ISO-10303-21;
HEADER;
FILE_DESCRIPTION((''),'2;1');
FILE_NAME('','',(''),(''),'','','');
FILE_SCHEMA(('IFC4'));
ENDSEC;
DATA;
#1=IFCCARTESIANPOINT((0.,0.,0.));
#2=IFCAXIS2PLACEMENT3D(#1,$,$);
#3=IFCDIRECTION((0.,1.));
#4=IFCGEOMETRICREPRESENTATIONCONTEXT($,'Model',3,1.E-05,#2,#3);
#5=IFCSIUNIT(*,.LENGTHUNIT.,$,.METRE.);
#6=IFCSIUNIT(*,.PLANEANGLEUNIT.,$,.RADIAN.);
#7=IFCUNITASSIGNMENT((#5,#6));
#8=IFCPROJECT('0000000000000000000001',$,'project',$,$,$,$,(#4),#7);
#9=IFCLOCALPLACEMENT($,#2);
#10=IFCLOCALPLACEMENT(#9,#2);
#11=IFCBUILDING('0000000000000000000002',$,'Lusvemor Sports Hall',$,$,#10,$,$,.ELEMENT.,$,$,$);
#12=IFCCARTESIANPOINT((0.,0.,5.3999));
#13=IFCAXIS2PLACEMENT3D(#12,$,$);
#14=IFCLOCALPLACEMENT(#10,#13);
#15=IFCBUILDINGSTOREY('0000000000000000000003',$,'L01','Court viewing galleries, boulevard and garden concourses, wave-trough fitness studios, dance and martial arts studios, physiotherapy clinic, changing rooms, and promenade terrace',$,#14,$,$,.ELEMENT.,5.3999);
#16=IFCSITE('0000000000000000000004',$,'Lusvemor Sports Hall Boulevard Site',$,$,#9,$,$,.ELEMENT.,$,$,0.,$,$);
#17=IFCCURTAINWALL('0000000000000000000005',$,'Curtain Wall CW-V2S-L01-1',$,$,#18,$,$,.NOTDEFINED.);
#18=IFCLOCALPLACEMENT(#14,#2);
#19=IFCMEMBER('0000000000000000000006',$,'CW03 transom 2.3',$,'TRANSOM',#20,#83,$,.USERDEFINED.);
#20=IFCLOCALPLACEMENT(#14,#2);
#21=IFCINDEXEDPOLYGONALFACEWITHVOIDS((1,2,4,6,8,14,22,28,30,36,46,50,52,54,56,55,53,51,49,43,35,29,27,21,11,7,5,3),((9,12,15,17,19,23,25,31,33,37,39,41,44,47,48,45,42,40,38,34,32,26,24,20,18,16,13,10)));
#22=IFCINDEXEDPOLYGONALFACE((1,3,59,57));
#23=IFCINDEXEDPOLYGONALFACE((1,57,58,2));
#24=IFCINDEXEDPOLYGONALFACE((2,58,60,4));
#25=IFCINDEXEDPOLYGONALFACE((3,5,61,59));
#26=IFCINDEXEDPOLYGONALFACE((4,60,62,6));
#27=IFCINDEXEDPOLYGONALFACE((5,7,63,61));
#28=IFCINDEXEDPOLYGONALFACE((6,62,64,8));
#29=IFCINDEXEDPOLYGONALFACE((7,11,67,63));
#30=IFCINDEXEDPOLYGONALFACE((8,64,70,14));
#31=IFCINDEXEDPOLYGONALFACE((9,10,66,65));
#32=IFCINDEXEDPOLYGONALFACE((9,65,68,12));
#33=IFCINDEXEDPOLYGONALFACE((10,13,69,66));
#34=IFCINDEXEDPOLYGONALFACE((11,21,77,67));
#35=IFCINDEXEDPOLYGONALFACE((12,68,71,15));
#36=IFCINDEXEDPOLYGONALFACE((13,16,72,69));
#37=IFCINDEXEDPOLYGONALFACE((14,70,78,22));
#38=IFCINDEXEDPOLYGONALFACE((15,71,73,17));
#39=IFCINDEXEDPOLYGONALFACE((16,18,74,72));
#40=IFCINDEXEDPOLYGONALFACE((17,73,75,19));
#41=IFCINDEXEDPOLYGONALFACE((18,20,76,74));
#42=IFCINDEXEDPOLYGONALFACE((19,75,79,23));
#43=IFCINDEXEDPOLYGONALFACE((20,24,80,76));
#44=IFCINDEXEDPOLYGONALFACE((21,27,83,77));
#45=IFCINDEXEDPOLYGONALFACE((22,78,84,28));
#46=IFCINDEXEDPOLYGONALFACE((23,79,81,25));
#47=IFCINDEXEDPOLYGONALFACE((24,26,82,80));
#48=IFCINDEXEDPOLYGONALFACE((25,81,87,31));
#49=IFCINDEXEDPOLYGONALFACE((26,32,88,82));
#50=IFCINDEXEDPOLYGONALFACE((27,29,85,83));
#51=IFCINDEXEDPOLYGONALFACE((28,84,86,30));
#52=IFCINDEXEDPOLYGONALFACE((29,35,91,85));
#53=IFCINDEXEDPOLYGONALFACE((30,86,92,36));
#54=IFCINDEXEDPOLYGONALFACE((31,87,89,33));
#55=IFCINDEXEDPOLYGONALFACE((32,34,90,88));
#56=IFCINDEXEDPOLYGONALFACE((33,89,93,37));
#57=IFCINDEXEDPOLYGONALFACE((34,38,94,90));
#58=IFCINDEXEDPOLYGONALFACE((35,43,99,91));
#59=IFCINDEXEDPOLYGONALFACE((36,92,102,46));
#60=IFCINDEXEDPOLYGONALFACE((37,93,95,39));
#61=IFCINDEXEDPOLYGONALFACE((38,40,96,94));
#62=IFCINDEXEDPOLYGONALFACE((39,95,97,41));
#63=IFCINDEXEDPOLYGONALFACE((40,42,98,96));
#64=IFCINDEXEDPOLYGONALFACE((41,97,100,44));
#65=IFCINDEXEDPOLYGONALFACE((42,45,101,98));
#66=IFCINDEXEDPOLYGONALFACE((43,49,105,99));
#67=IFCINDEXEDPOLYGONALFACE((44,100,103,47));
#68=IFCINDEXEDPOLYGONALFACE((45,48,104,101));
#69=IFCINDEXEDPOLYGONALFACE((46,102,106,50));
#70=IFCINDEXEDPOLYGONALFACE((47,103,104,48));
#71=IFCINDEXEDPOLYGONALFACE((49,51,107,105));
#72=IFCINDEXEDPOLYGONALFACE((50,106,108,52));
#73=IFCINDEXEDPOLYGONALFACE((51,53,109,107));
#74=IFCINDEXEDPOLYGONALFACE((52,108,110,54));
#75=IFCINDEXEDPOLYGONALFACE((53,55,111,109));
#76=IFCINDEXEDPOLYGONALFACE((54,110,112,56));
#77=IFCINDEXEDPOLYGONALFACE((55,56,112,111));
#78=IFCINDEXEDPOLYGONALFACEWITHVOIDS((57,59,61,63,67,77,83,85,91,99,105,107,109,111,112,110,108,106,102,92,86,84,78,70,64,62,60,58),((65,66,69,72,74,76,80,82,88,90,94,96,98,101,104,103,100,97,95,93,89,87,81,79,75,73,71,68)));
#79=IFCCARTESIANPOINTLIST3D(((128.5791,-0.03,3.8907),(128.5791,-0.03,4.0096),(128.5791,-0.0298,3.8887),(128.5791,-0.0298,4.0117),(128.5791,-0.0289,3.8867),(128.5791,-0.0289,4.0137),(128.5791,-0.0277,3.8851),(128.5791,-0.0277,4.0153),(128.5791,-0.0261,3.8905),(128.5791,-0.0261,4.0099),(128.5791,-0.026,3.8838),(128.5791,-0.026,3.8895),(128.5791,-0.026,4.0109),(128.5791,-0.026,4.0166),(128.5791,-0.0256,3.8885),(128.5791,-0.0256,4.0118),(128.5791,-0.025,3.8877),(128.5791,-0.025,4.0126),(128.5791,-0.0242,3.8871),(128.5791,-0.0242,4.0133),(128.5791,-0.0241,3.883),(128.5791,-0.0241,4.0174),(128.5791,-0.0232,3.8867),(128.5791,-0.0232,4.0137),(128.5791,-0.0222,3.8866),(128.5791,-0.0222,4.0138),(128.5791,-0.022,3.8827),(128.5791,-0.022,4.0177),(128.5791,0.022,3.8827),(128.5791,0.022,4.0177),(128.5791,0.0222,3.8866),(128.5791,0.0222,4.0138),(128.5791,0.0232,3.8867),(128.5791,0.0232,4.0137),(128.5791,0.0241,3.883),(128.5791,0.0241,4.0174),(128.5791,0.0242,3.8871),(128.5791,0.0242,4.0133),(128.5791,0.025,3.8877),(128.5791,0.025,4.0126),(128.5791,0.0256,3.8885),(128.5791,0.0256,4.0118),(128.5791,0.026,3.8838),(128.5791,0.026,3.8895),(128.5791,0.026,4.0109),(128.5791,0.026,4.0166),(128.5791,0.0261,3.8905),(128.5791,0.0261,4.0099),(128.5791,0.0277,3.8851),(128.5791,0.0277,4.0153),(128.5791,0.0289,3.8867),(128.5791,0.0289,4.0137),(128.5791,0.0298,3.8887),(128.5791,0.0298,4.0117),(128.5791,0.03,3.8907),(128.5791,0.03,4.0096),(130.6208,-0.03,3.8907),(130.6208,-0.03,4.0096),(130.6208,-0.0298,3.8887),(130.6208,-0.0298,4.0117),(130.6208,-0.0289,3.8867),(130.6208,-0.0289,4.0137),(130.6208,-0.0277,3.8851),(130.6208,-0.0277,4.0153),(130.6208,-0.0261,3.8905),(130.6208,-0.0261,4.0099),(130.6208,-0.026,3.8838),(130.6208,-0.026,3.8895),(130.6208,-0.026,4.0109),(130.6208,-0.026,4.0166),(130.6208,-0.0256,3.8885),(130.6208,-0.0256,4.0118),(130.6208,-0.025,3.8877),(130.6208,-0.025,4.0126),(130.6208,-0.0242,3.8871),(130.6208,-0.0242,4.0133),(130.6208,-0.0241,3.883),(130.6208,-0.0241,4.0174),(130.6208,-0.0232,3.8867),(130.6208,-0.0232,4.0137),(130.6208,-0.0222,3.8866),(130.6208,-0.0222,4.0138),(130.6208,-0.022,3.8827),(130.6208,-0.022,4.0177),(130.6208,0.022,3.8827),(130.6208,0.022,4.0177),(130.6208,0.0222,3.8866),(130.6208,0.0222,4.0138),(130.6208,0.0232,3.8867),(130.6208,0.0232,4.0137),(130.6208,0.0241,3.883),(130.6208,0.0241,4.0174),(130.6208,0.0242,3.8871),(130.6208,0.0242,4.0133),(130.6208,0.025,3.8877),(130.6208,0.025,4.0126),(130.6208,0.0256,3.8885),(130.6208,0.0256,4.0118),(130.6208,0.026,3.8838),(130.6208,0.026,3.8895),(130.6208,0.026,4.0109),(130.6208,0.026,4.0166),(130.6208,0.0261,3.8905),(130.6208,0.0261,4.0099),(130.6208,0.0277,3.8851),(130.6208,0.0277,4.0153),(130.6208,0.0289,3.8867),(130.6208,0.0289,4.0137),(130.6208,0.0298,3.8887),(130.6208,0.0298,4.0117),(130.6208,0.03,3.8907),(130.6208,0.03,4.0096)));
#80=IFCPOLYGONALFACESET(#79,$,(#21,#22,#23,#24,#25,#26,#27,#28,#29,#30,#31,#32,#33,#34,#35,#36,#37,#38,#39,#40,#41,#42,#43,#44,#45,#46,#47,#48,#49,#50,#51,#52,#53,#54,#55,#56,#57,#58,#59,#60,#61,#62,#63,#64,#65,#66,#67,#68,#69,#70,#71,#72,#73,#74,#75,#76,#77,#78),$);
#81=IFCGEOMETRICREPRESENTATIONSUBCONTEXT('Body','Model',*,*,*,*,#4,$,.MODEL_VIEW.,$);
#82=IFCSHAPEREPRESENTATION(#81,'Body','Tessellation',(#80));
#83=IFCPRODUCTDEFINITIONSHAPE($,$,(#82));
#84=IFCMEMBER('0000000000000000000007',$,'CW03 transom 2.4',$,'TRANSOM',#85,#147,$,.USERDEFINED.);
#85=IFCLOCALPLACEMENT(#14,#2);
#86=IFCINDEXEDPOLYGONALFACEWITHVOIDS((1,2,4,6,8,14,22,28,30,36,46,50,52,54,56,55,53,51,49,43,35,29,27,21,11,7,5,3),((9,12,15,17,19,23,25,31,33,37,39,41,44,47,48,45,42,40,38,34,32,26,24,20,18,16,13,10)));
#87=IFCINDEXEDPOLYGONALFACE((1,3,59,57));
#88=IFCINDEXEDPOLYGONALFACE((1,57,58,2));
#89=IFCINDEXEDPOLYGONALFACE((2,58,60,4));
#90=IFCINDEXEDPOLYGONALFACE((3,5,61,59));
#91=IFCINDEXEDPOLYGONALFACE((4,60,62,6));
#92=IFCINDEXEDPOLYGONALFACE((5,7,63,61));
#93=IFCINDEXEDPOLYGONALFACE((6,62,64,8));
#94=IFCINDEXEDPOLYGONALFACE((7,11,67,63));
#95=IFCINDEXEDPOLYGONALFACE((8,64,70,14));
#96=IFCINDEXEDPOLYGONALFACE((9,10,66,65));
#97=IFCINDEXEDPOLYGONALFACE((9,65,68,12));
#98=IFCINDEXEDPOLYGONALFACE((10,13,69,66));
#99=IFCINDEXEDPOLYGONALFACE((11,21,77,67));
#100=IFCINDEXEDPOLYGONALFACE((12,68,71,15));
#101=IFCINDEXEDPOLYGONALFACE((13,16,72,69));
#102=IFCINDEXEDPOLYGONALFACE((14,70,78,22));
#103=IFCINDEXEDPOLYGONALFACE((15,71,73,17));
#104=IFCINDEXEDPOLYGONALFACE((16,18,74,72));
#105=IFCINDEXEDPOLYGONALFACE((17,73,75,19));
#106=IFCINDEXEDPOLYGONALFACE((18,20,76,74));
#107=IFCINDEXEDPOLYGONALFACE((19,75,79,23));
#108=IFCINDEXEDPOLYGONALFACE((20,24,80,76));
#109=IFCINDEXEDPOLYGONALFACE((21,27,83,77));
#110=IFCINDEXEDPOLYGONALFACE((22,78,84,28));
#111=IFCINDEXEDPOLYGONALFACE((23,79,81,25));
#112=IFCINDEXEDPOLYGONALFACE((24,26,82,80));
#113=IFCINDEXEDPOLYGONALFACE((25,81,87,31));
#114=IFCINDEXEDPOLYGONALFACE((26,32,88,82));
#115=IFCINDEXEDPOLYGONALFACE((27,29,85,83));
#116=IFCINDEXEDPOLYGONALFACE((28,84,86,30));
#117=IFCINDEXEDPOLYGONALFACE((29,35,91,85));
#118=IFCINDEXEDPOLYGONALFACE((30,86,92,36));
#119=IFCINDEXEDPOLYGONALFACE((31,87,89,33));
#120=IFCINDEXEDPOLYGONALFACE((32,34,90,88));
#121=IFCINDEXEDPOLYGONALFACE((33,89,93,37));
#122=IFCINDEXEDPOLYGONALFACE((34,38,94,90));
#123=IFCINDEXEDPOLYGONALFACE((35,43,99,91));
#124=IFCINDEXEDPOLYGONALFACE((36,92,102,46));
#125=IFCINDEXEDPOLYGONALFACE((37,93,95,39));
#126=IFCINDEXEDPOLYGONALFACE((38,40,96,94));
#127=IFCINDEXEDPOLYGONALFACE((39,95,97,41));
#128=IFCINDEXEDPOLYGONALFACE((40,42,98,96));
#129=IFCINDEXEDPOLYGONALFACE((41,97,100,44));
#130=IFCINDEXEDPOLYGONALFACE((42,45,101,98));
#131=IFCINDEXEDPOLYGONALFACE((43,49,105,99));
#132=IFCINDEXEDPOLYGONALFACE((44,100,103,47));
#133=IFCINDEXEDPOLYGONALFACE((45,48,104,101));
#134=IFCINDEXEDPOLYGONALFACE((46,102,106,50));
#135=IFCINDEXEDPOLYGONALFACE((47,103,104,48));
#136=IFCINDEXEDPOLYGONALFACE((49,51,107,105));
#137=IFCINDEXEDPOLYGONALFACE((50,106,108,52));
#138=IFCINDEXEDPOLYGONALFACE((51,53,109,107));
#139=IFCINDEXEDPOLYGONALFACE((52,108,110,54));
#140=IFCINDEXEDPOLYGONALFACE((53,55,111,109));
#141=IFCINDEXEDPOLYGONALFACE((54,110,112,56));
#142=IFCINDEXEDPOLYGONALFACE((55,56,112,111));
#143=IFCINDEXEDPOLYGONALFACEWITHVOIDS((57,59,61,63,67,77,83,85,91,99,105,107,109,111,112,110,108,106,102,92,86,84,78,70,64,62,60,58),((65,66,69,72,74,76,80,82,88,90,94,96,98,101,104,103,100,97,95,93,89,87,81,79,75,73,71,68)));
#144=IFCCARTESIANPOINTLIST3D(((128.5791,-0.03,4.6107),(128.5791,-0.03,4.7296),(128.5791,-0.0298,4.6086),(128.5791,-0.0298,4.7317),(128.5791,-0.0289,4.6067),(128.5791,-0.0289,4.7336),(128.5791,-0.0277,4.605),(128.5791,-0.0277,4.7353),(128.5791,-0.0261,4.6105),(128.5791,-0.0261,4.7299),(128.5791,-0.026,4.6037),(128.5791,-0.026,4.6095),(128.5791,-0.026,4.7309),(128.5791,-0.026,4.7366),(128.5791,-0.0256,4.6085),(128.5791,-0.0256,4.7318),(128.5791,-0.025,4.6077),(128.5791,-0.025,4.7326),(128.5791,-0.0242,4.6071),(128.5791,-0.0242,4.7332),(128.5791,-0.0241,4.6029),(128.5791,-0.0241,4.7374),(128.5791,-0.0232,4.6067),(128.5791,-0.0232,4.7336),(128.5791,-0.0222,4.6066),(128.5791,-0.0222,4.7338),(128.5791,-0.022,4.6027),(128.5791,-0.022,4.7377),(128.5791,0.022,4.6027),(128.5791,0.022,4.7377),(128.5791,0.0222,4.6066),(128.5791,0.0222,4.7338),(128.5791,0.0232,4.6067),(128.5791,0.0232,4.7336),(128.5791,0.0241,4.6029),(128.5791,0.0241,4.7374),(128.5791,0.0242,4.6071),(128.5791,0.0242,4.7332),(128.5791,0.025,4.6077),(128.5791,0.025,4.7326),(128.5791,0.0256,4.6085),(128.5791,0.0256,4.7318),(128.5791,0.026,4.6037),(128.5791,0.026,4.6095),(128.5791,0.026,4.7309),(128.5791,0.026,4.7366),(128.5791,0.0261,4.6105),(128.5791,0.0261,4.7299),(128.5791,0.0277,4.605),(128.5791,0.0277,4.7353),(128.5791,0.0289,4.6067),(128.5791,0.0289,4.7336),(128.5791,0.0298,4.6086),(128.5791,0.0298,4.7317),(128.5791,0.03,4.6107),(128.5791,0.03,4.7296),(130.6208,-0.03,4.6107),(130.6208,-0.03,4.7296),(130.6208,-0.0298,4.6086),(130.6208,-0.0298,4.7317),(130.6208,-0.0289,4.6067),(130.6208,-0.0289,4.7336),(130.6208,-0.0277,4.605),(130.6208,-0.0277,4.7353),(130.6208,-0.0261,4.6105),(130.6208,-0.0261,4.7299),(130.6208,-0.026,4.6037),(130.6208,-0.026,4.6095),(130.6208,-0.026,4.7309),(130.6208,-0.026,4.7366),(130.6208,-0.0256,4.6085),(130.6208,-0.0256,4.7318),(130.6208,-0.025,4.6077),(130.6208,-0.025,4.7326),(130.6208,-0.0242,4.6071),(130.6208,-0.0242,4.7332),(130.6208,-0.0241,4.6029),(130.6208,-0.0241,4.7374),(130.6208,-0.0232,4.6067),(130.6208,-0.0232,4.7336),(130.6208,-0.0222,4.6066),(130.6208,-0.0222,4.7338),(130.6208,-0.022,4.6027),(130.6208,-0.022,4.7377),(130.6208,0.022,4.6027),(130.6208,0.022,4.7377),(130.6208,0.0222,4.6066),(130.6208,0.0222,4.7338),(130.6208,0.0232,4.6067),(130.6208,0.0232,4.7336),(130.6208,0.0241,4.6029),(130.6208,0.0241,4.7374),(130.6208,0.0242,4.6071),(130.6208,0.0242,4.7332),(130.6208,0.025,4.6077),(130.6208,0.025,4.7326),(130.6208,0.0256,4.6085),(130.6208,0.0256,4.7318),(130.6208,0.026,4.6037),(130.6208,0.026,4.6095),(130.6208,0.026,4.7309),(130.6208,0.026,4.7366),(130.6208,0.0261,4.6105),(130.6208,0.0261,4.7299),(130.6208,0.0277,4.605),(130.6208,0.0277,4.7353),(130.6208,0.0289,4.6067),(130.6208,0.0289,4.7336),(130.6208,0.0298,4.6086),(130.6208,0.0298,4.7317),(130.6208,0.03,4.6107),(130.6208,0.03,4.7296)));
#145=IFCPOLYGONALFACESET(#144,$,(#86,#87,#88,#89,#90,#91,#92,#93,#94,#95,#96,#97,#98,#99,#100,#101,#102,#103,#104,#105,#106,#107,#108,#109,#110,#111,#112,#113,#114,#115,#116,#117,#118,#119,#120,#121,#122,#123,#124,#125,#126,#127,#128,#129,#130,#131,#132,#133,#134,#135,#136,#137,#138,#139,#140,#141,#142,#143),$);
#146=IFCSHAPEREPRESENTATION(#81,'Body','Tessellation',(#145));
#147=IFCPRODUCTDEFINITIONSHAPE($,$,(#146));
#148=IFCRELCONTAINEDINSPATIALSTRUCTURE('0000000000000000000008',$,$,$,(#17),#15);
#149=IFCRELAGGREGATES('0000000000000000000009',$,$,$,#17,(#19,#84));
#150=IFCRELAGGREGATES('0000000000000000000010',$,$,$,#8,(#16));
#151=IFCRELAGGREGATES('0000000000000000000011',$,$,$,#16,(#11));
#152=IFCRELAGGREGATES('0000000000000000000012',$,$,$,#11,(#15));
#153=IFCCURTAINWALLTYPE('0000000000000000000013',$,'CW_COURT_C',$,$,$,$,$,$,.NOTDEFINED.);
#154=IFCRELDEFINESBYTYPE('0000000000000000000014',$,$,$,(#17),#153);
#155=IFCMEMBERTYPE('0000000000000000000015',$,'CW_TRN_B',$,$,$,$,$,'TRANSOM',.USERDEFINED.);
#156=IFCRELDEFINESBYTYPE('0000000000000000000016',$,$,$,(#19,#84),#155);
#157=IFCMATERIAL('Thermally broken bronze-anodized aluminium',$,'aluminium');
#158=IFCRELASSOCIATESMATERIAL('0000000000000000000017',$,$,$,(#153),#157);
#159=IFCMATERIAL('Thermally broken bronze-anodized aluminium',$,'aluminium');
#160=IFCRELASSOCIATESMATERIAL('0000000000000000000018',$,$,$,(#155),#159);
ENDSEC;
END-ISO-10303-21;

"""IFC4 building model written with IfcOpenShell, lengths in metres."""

from ifc_helpers import new_model, si_unit, direction, frame, origin, origin_2d, place, context, subcontext, project, spatial, hollow_rectangle, extrude, material, material_profile, profile_set, type_object, element, aggregate, save


model = new_model("IFC4")

# Units and contexts
model_context = context("Model", 3, precision=1e-05, world=origin(), true_north=direction((0.0, 1.0)))
body_context = subcontext(model_context, "Body", "Model", "MODEL_VIEW")
ifc_project = project(units=[si_unit("LENGTHUNIT", "METRE"), si_unit("PLANEANGLEUNIT", "RADIAN")], contexts=[model_context])

# Site, building, storey
site_placement = place(None, origin())
site = spatial("IfcSite", under=ifc_project, at=site_placement, Name="Lusvemor Sports Hall Boulevard Site", CompositionType="ELEMENT", RefElevation=0.0)
building_placement = place(site_placement, origin())
building = spatial("IfcBuilding", under=site, at=building_placement, Name="Lusvemor Sports Hall", CompositionType="ELEMENT")
storey_placement = place(building_placement, frame((0.0, 0.0, 5.3999)))
storey = spatial("IfcBuildingStorey", under=building, at=storey_placement, Name="L01", Description="Court viewing galleries, boulevard and garden concourses, wave-trough fitness studios, dance and martial arts studios, physiotherapy clinic, changing rooms, and promenade terrace", CompositionType="ELEMENT", Elevation=5.3999)

# Curtain wall, members
ifc_material_1 = material(Name="Thermally broken bronze-anodized aluminium", Category="aluminium")
curtain_wall_type = type_object("IfcCurtainWallType", Name="CW_COURT_C", PredefinedType="NOTDEFINED", material=ifc_material_1)
curtain_wall_placement = place(storey_placement, origin())
curtain_wall = element("IfcCurtainWall", 1, at=curtain_wall_placement, inside=storey, type_object=curtain_wall_type, Name="Curtain Wall CW-V2S-L01-1", PredefinedType="NOTDEFINED")
ifc_material_2 = material(Name="Thermally broken bronze-anodized aluminium", Category="aluminium")
ifc_material_profile_1 = material_profile(ifc_material_2, hollow_rectangle(XDim=0.0601, YDim=0.135, WallThickness=0.0039, InnerFilletRadius=0.0039, OuterFilletRadius=0.0081, at=origin_2d()), Name="CWTRN135x60x4")
ifc_profile_set_1 = profile_set([ifc_material_profile_1], Name="Thermally broken bronze-anodized aluminium")
member_type_1 = type_object("IfcMemberType", Name="CW_TRN_B", ElementType="TRANSOM", PredefinedType="USERDEFINED", material=ifc_profile_set_1)
member_1_placement = place(storey_placement, frame((130.6208, 0.0, 3.9502), z_axis=(-1.0, 0.0, 0.0), x_axis=(0.0, -1.0, 0.0)))
member_1 = element("IfcMember", 2, at=member_1_placement, type_object=member_type_1, Name="CW03 transom 2.3", ObjectType="TRANSOM", PredefinedType="USERDEFINED", context=body_context, shape_type="SweptSolid", body=[
    extrude(hollow_rectangle(XDim=0.0601, YDim=0.135, WallThickness=0.0039, InnerFilletRadius=0.0039, OuterFilletRadius=0.0081, at=origin_2d()), origin(), (0.0, 0.0, 1.0), 2.0417),
])
member_2_placement = place(storey_placement, frame((130.6208, 0.0, 4.6702), z_axis=(-1.0, 0.0, 0.0), x_axis=(0.0, -1.0, 0.0)))
member_2 = element("IfcMember", 3, at=member_2_placement, type_object=member_type_1, Name="CW03 transom 2.4", ObjectType="TRANSOM", PredefinedType="USERDEFINED", context=body_context, shape_type="SweptSolid", body=[
    extrude(hollow_rectangle(XDim=0.0601, YDim=0.135, WallThickness=0.0039, InnerFilletRadius=0.0039, OuterFilletRadius=0.0081, at=origin_2d()), origin(), (0.0, 0.0, 1.0), 2.0417),
])

aggregate(curtain_wall, [member_1, member_2])

save(model, "model.ifc")
